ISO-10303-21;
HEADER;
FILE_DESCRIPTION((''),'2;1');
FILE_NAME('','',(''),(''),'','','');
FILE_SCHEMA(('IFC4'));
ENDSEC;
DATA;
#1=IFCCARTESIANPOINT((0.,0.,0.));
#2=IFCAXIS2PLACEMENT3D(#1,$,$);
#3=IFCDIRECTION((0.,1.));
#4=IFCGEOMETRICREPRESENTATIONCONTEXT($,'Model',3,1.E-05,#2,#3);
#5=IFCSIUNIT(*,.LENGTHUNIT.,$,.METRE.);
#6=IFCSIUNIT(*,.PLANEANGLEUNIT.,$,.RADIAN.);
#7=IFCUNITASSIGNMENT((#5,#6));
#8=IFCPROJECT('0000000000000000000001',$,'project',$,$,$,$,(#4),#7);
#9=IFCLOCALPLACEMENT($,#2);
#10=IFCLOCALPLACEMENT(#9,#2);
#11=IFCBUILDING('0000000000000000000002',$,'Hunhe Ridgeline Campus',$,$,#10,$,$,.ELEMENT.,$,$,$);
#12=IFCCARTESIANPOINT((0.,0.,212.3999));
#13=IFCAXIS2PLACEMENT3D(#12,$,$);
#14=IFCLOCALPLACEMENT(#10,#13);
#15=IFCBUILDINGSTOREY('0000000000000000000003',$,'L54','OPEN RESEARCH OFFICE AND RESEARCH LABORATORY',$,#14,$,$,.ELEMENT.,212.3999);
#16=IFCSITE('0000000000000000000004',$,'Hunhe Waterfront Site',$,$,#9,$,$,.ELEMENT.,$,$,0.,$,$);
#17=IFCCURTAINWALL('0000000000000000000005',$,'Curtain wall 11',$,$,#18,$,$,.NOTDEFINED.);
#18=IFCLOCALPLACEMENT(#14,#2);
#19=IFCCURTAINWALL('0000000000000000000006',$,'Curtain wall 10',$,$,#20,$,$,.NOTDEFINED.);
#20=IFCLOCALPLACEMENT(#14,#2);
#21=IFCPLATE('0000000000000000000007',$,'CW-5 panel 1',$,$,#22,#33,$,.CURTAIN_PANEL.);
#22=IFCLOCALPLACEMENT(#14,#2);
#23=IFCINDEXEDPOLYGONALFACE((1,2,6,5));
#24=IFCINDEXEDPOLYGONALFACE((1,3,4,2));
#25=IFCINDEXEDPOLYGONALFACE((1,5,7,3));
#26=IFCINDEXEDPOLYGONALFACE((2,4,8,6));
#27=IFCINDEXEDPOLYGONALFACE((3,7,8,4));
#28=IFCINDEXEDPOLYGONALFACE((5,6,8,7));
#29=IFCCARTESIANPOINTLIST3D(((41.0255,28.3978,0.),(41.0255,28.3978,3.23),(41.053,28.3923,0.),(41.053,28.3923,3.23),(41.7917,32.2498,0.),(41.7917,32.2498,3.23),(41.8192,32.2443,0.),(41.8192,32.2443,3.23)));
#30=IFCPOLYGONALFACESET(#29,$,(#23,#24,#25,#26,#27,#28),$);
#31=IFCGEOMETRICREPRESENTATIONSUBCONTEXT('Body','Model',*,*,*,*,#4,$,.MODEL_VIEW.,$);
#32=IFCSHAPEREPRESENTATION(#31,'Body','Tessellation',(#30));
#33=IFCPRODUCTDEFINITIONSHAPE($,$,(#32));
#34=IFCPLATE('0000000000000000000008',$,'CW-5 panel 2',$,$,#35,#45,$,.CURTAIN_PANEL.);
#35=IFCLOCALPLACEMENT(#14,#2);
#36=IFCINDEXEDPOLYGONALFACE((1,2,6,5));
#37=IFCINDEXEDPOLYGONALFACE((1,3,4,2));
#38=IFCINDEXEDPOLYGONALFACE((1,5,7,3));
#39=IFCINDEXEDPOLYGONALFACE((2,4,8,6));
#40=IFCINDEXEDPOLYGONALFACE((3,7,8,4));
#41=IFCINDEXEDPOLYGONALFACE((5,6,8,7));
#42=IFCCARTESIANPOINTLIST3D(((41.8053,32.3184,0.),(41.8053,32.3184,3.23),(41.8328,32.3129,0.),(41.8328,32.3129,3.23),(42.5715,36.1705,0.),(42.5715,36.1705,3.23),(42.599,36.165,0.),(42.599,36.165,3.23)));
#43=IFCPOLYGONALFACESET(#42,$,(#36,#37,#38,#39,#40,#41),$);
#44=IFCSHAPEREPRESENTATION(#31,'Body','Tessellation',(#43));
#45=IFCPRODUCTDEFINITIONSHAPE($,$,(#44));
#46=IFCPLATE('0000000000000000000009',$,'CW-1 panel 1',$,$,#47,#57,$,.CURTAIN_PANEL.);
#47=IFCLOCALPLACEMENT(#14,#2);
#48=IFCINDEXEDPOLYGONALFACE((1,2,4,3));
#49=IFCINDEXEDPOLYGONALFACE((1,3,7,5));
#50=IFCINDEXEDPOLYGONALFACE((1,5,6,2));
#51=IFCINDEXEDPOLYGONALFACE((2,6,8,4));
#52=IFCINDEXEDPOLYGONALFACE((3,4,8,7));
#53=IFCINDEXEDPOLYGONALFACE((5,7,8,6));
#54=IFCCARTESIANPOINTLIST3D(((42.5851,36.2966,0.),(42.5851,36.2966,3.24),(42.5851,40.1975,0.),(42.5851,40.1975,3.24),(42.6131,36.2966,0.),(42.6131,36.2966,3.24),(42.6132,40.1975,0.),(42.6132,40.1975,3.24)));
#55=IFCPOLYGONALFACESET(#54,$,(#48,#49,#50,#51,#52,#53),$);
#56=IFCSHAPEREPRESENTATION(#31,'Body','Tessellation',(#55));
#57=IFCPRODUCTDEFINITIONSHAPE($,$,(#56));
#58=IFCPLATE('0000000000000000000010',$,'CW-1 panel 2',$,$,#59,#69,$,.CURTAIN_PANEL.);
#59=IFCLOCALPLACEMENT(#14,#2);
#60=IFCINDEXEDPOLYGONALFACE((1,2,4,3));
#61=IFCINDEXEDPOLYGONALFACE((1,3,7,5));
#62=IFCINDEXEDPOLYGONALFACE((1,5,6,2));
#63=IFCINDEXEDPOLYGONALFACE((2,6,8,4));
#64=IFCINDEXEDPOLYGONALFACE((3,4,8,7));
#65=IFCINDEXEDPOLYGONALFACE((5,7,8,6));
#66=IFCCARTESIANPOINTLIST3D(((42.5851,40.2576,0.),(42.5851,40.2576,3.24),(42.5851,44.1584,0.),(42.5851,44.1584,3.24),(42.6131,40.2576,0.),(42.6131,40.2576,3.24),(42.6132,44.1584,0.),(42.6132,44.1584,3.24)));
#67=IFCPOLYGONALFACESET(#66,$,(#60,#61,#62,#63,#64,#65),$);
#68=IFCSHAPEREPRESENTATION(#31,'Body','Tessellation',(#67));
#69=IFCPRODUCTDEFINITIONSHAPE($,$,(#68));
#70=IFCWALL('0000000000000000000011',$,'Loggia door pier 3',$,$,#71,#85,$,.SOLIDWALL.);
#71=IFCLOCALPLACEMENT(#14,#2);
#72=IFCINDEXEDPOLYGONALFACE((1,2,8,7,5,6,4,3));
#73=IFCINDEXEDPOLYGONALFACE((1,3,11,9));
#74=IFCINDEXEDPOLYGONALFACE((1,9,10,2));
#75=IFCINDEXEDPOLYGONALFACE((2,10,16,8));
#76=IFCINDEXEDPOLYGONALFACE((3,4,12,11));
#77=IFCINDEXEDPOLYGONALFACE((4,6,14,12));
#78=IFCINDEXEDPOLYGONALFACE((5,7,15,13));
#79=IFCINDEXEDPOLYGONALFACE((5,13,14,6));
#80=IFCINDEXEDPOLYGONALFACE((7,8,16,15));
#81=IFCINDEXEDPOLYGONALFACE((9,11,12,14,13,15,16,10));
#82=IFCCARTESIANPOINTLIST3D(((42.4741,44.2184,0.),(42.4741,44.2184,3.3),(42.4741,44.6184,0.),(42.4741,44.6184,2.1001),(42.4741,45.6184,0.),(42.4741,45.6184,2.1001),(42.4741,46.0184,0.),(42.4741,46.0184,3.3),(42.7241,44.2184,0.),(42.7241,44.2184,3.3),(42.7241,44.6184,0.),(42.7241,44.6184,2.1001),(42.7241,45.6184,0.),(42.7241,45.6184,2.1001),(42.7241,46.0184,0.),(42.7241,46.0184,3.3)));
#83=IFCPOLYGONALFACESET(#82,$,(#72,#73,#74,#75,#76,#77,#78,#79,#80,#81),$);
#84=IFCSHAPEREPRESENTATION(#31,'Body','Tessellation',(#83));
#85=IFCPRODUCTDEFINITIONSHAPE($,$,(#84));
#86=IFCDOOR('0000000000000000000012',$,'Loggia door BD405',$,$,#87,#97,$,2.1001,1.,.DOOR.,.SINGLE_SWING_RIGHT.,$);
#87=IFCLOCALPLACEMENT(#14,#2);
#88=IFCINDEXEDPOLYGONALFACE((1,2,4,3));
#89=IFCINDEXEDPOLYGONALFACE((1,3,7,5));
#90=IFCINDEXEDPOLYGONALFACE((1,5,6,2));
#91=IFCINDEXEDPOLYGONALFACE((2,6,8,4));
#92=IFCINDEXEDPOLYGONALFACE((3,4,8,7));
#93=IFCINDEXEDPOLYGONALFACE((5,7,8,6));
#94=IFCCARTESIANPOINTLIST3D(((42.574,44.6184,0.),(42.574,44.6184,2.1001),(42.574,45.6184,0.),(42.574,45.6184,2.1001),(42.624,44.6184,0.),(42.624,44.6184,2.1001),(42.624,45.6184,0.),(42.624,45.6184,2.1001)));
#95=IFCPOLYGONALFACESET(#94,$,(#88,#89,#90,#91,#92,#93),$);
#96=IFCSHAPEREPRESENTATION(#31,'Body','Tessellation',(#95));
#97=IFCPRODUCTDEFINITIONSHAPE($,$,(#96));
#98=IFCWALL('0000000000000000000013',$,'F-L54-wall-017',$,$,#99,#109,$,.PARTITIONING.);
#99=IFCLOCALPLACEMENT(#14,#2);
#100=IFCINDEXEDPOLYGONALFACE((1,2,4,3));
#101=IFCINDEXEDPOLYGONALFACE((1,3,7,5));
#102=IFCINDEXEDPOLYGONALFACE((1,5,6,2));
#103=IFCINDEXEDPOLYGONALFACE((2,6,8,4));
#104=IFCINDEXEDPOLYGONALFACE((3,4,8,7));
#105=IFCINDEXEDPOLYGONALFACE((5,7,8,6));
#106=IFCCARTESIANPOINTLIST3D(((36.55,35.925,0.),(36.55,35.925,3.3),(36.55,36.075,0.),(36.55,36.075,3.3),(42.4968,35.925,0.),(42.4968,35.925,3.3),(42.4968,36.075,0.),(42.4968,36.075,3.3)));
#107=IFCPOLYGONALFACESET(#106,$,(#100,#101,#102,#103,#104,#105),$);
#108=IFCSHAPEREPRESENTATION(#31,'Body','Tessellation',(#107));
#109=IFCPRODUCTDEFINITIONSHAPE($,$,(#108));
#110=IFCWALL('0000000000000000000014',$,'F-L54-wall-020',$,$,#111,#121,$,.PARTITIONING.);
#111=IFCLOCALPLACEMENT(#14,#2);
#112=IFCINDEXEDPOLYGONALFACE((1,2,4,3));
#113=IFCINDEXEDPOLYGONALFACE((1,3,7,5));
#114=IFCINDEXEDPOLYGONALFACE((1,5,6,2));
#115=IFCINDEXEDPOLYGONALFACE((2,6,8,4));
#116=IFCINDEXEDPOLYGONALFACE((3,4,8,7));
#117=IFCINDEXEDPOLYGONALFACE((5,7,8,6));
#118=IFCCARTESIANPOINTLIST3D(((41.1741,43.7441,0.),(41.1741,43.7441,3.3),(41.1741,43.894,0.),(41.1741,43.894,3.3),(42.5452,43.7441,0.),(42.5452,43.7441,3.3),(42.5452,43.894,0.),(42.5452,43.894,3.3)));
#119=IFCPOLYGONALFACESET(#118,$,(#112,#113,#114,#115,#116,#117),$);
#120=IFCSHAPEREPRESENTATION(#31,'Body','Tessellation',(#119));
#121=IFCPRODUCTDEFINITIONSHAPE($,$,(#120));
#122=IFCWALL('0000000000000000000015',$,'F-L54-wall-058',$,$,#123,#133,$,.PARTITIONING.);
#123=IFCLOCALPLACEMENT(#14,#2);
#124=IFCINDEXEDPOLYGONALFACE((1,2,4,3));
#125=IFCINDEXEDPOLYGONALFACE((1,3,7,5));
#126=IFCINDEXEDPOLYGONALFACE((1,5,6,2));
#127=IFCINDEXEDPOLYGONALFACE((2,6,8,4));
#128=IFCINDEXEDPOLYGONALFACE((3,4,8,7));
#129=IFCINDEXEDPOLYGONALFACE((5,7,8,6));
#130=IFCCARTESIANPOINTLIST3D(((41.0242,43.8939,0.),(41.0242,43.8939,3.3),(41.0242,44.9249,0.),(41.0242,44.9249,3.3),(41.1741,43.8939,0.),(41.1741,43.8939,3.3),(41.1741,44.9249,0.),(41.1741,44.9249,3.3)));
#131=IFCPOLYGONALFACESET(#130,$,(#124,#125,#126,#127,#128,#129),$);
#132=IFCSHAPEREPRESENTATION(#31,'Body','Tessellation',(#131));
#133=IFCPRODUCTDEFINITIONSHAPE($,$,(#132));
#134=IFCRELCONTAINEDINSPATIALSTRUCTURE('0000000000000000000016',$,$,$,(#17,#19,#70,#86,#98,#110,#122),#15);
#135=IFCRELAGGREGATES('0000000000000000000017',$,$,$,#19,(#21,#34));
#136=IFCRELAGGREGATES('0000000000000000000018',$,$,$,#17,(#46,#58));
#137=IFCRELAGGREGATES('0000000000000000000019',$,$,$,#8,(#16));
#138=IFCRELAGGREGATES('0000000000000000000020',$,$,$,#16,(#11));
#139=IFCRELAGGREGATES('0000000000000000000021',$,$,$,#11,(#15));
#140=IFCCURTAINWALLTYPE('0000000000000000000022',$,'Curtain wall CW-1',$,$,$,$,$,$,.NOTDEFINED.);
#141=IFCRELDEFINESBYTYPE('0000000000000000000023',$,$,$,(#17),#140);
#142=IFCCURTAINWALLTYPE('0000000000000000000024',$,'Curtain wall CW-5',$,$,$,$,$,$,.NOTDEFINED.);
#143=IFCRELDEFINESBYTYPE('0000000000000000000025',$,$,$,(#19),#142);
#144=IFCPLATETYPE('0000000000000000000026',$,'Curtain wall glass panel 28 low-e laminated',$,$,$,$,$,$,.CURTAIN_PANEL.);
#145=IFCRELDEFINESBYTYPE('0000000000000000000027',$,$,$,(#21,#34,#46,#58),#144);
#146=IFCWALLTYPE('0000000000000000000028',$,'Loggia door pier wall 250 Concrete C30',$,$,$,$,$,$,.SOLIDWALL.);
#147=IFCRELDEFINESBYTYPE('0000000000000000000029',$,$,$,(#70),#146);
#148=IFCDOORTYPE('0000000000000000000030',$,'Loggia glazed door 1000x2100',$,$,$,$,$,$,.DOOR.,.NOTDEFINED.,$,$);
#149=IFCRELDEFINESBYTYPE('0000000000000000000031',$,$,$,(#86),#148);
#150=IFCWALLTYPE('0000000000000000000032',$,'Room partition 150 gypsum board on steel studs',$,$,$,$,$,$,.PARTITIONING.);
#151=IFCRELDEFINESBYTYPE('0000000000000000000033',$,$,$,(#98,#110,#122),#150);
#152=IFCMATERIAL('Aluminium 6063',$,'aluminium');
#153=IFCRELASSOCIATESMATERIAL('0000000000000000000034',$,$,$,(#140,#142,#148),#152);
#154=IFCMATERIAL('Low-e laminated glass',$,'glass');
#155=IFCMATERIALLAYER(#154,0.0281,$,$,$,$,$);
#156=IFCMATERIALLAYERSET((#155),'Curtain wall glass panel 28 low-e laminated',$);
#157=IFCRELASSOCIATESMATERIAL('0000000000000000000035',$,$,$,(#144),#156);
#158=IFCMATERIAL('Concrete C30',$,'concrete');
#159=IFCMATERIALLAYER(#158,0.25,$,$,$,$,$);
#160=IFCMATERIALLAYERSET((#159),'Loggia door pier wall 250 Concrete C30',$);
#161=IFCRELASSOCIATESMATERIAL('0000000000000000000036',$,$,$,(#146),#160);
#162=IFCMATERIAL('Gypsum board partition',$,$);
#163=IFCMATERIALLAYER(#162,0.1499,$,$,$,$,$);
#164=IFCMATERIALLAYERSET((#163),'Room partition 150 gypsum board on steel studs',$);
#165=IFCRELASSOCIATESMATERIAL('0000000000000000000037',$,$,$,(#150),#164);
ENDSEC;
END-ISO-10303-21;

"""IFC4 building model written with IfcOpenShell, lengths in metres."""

from ifc_helpers import new_model, si_unit, direction, frame, frame_2d, origin, origin_2d, place, context, subcontext, project, spatial, rectangle, extrude, material, layer, layer_set, type_object, element, fill, aggregate, save


model = new_model("IFC4")

# Units and contexts
model_context = context("Model", 3, precision=1e-05, world=origin(), true_north=direction((0.0, 1.0)))
body_context = subcontext(model_context, "Body", "Model", "MODEL_VIEW")
ifc_project = project(units=[si_unit("LENGTHUNIT", "METRE"), si_unit("PLANEANGLEUNIT", "RADIAN")], contexts=[model_context])

# Site, building, storey
site_placement = place(None, origin())
site = spatial("IfcSite", under=ifc_project, at=site_placement, Name="Hunhe Waterfront Site", CompositionType="ELEMENT", RefElevation=0.0)
building_placement = place(site_placement, origin())
building = spatial("IfcBuilding", under=site, at=building_placement, Name="Hunhe Ridgeline Campus", CompositionType="ELEMENT")
storey_placement = place(building_placement, frame((0.0, 0.0, 212.3999)))
storey = spatial("IfcBuildingStorey", under=building, at=storey_placement, Name="L54", Description="OPEN RESEARCH OFFICE AND RESEARCH LABORATORY", CompositionType="ELEMENT", Elevation=212.3999)

# Curtain walls
ifc_material_1 = material(Name="Aluminium 6063", Category="aluminium")
curtain_wall_type_1 = type_object("IfcCurtainWallType", Name="Curtain wall CW-1", PredefinedType="NOTDEFINED", material=ifc_material_1)
curtain_wall_1_placement = place(storey_placement, origin())
curtain_wall_1 = element("IfcCurtainWall", 1, at=curtain_wall_1_placement, inside=storey, type_object=curtain_wall_type_1, Name="Curtain wall 11", PredefinedType="NOTDEFINED")
curtain_wall_type_2 = type_object("IfcCurtainWallType", Name="Curtain wall CW-5", PredefinedType="NOTDEFINED", material=ifc_material_1)
curtain_wall_2_placement = place(storey_placement, origin())
curtain_wall_2 = element("IfcCurtainWall", 2, at=curtain_wall_2_placement, inside=storey, type_object=curtain_wall_type_2, Name="Curtain wall 10", PredefinedType="NOTDEFINED")

# Plates
ifc_material_2 = material(Name="Low-e laminated glass", Category="glass")
ifc_layer_1 = layer(ifc_material_2, 0.0281)
ifc_layer_set_1 = layer_set([ifc_layer_1], Name="Curtain wall glass panel 28 low-e laminated")
plate_type = type_object("IfcPlateType", Name="Curtain wall glass panel 28 low-e laminated", PredefinedType="CURTAIN_PANEL", material=ifc_layer_set_1)
plate_1_placement = place(storey_placement, frame((41.4224, 30.321, 0.0), z_axis=(0.0, 0.0, 1.0), x_axis=(0.19509, 0.980785, 0.0)))
plate_1 = element("IfcPlate", 3, at=plate_1_placement, type_object=plate_type, Name="CW-5 panel 1", PredefinedType="CURTAIN_PANEL", context=body_context, shape_type="SweptSolid", body=[
    extrude(rectangle(XDim=3.9275, YDim=0.0281, at=origin_2d()), origin(), (0.0, 0.0, 1.0), 3.23),
])
plate_2_placement = place(storey_placement, frame((42.2021, 34.2417, 0.0), z_axis=(0.0, 0.0, 1.0), x_axis=(0.19509, 0.980785, 0.0)))
plate_2 = element("IfcPlate", 4, at=plate_2_placement, type_object=plate_type, Name="CW-5 panel 2", PredefinedType="CURTAIN_PANEL", context=body_context, shape_type="SweptSolid", body=[
    extrude(rectangle(XDim=3.9275, YDim=0.0281, at=origin_2d()), origin(), (0.0, 0.0, 1.0), 3.23),
])
aggregate(curtain_wall_2, [plate_1, plate_2])
plate_3_placement = place(storey_placement, frame((42.5991, 38.2471, 0.0), z_axis=(0.0, 0.0, 1.0), x_axis=(0.000007, 1.0, 0.0)))
plate_3 = element("IfcPlate", 5, at=plate_3_placement, type_object=plate_type, Name="CW-1 panel 1", PredefinedType="CURTAIN_PANEL", context=body_context, shape_type="SweptSolid", body=[
    extrude(rectangle(XDim=3.9009, YDim=0.0281, at=origin_2d()), origin(), (0.0, 0.0, 1.0), 3.24),
])
plate_4_placement = place(storey_placement, frame((42.5991, 42.208, 0.0), z_axis=(0.0, 0.0, 1.0), x_axis=(0.000007, 1.0, 0.0)))
plate_4 = element("IfcPlate", 6, at=plate_4_placement, type_object=plate_type, Name="CW-1 panel 2", PredefinedType="CURTAIN_PANEL", context=body_context, shape_type="SweptSolid", body=[
    extrude(rectangle(XDim=3.9009, YDim=0.0281, at=origin_2d()), origin(), (0.0, 0.0, 1.0), 3.24),
])
aggregate(curtain_wall_1, [plate_3, plate_4])

# Wall, opening, door
ifc_material_3 = material(Name="Concrete C30", Category="concrete")
ifc_layer_2 = layer(ifc_material_3, 0.25)
ifc_layer_set_2 = layer_set([ifc_layer_2], Name="Loggia door pier wall 250 Concrete C30")
wall_type_1 = type_object("IfcWallType", Name="Loggia door pier wall 250 Concrete C30", PredefinedType="SOLIDWALL", material=ifc_layer_set_2)
wall_1_placement = place(storey_placement, frame((42.5991, 44.2185, 0.0), z_axis=(0.0, 0.0, 1.0), x_axis=(0.0, 1.0, 0.0)))
wall_1 = element("IfcWall", 7, at=wall_1_placement, inside=storey, type_object=wall_type_1, Name="Loggia door pier 3", PredefinedType="SOLIDWALL", context=body_context, shape_type="SweptSolid", body=[
    extrude(rectangle(XDim=1.8, YDim=0.25, at=frame_2d((0.8999, 0.0))), origin(), (0.0, 0.0, 1.0), 3.3),
])
opening_placement = place(wall_1_placement, frame((0.3999, 0.0, 0.0)))
opening = element("IfcOpeningElement", 8, at=opening_placement, cuts=wall_1, PredefinedType="OPENING", context=body_context, shape_type="SweptSolid", body=[
    extrude(rectangle(XDim=1.0, YDim=2.1001, at=frame_2d((0.5, 1.05))), frame((0.0, 0.125, 0.0), z_axis=(0.0, -1.0, 0.0), x_axis=(1.0, 0.0, 0.0)), (0.0, 0.0, 1.0), 0.25),
])
door_type = type_object("IfcDoorType", Name="Loggia glazed door 1000x2100", OperationType="NOTDEFINED", PredefinedType="DOOR", material=ifc_material_1)
door_placement = place(opening_placement, frame((1.0, 0.0, 0.0), z_axis=(0.0, 0.0, 1.0), x_axis=(-1.0, 0.0, 0.0)))
door = element("IfcDoor", 9, at=door_placement, inside=storey, type_object=door_type, Name="Loggia door BD405", OperationType="SINGLE_SWING_RIGHT", OverallHeight=2.1001, OverallWidth=1.0, PredefinedType="DOOR", context=body_context, shape_type="SweptSolid", body=[
    extrude(rectangle(XDim=1.0, YDim=2.1001, at=frame_2d((0.5, 1.05))), frame((0.0, 0.0249, 0.0), z_axis=(0.0, -1.0, 0.0), x_axis=(1.0, 0.0, 0.0)), (0.0, 0.0, 1.0), 0.05),
])
fill(opening, door)

# Walls
ifc_material_4 = material(Name="Gypsum board partition")
ifc_layer_3 = layer(ifc_material_4, 0.1499)
ifc_layer_set_3 = layer_set([ifc_layer_3], Name="Room partition 150 gypsum board on steel studs")
wall_type_2 = type_object("IfcWallType", Name="Room partition 150 gypsum board on steel studs", PredefinedType="PARTITIONING", material=ifc_layer_set_3)
wall_2_placement = place(storey_placement, frame((36.55, 36.0, 0.0), z_axis=(0.0, 0.0, 1.0), x_axis=(1.0, 0.0, 0.0)))
element("IfcWall", 10, at=wall_2_placement, inside=storey, type_object=wall_type_2, Name="F-L54-wall-017", PredefinedType="PARTITIONING", context=body_context, shape_type="SweptSolid", body=[
    extrude(rectangle(XDim=5.9468, YDim=0.1499, at=frame_2d((2.9734, 0.0))), origin(), (0.0, 0.0, 1.0), 3.3),
])
wall_3_placement = place(storey_placement, frame((41.1741, 43.8191, 0.0), z_axis=(0.0, 0.0, 1.0), x_axis=(1.0, 0.0, 0.0)))
element("IfcWall", 11, at=wall_3_placement, inside=storey, type_object=wall_type_2, Name="F-L54-wall-020", PredefinedType="PARTITIONING", context=body_context, shape_type="SweptSolid", body=[
    extrude(rectangle(XDim=1.3711, YDim=0.1499, at=frame_2d((0.6855, 0.0))), origin(), (0.0, 0.0, 1.0), 3.3),
])
wall_4_placement = place(storey_placement, frame((41.0991, 44.925, 0.0), z_axis=(0.0, 0.0, 1.0), x_axis=(0.0, -1.0, 0.0)))
element("IfcWall", 12, at=wall_4_placement, inside=storey, type_object=wall_type_2, Name="F-L54-wall-058", PredefinedType="PARTITIONING", context=body_context, shape_type="SweptSolid", body=[
    extrude(rectangle(XDim=1.031, YDim=0.1499, at=frame_2d((0.5156, 0.0))), origin(), (0.0, 0.0, 1.0), 3.3),
])

save(model, "model.ifc")
